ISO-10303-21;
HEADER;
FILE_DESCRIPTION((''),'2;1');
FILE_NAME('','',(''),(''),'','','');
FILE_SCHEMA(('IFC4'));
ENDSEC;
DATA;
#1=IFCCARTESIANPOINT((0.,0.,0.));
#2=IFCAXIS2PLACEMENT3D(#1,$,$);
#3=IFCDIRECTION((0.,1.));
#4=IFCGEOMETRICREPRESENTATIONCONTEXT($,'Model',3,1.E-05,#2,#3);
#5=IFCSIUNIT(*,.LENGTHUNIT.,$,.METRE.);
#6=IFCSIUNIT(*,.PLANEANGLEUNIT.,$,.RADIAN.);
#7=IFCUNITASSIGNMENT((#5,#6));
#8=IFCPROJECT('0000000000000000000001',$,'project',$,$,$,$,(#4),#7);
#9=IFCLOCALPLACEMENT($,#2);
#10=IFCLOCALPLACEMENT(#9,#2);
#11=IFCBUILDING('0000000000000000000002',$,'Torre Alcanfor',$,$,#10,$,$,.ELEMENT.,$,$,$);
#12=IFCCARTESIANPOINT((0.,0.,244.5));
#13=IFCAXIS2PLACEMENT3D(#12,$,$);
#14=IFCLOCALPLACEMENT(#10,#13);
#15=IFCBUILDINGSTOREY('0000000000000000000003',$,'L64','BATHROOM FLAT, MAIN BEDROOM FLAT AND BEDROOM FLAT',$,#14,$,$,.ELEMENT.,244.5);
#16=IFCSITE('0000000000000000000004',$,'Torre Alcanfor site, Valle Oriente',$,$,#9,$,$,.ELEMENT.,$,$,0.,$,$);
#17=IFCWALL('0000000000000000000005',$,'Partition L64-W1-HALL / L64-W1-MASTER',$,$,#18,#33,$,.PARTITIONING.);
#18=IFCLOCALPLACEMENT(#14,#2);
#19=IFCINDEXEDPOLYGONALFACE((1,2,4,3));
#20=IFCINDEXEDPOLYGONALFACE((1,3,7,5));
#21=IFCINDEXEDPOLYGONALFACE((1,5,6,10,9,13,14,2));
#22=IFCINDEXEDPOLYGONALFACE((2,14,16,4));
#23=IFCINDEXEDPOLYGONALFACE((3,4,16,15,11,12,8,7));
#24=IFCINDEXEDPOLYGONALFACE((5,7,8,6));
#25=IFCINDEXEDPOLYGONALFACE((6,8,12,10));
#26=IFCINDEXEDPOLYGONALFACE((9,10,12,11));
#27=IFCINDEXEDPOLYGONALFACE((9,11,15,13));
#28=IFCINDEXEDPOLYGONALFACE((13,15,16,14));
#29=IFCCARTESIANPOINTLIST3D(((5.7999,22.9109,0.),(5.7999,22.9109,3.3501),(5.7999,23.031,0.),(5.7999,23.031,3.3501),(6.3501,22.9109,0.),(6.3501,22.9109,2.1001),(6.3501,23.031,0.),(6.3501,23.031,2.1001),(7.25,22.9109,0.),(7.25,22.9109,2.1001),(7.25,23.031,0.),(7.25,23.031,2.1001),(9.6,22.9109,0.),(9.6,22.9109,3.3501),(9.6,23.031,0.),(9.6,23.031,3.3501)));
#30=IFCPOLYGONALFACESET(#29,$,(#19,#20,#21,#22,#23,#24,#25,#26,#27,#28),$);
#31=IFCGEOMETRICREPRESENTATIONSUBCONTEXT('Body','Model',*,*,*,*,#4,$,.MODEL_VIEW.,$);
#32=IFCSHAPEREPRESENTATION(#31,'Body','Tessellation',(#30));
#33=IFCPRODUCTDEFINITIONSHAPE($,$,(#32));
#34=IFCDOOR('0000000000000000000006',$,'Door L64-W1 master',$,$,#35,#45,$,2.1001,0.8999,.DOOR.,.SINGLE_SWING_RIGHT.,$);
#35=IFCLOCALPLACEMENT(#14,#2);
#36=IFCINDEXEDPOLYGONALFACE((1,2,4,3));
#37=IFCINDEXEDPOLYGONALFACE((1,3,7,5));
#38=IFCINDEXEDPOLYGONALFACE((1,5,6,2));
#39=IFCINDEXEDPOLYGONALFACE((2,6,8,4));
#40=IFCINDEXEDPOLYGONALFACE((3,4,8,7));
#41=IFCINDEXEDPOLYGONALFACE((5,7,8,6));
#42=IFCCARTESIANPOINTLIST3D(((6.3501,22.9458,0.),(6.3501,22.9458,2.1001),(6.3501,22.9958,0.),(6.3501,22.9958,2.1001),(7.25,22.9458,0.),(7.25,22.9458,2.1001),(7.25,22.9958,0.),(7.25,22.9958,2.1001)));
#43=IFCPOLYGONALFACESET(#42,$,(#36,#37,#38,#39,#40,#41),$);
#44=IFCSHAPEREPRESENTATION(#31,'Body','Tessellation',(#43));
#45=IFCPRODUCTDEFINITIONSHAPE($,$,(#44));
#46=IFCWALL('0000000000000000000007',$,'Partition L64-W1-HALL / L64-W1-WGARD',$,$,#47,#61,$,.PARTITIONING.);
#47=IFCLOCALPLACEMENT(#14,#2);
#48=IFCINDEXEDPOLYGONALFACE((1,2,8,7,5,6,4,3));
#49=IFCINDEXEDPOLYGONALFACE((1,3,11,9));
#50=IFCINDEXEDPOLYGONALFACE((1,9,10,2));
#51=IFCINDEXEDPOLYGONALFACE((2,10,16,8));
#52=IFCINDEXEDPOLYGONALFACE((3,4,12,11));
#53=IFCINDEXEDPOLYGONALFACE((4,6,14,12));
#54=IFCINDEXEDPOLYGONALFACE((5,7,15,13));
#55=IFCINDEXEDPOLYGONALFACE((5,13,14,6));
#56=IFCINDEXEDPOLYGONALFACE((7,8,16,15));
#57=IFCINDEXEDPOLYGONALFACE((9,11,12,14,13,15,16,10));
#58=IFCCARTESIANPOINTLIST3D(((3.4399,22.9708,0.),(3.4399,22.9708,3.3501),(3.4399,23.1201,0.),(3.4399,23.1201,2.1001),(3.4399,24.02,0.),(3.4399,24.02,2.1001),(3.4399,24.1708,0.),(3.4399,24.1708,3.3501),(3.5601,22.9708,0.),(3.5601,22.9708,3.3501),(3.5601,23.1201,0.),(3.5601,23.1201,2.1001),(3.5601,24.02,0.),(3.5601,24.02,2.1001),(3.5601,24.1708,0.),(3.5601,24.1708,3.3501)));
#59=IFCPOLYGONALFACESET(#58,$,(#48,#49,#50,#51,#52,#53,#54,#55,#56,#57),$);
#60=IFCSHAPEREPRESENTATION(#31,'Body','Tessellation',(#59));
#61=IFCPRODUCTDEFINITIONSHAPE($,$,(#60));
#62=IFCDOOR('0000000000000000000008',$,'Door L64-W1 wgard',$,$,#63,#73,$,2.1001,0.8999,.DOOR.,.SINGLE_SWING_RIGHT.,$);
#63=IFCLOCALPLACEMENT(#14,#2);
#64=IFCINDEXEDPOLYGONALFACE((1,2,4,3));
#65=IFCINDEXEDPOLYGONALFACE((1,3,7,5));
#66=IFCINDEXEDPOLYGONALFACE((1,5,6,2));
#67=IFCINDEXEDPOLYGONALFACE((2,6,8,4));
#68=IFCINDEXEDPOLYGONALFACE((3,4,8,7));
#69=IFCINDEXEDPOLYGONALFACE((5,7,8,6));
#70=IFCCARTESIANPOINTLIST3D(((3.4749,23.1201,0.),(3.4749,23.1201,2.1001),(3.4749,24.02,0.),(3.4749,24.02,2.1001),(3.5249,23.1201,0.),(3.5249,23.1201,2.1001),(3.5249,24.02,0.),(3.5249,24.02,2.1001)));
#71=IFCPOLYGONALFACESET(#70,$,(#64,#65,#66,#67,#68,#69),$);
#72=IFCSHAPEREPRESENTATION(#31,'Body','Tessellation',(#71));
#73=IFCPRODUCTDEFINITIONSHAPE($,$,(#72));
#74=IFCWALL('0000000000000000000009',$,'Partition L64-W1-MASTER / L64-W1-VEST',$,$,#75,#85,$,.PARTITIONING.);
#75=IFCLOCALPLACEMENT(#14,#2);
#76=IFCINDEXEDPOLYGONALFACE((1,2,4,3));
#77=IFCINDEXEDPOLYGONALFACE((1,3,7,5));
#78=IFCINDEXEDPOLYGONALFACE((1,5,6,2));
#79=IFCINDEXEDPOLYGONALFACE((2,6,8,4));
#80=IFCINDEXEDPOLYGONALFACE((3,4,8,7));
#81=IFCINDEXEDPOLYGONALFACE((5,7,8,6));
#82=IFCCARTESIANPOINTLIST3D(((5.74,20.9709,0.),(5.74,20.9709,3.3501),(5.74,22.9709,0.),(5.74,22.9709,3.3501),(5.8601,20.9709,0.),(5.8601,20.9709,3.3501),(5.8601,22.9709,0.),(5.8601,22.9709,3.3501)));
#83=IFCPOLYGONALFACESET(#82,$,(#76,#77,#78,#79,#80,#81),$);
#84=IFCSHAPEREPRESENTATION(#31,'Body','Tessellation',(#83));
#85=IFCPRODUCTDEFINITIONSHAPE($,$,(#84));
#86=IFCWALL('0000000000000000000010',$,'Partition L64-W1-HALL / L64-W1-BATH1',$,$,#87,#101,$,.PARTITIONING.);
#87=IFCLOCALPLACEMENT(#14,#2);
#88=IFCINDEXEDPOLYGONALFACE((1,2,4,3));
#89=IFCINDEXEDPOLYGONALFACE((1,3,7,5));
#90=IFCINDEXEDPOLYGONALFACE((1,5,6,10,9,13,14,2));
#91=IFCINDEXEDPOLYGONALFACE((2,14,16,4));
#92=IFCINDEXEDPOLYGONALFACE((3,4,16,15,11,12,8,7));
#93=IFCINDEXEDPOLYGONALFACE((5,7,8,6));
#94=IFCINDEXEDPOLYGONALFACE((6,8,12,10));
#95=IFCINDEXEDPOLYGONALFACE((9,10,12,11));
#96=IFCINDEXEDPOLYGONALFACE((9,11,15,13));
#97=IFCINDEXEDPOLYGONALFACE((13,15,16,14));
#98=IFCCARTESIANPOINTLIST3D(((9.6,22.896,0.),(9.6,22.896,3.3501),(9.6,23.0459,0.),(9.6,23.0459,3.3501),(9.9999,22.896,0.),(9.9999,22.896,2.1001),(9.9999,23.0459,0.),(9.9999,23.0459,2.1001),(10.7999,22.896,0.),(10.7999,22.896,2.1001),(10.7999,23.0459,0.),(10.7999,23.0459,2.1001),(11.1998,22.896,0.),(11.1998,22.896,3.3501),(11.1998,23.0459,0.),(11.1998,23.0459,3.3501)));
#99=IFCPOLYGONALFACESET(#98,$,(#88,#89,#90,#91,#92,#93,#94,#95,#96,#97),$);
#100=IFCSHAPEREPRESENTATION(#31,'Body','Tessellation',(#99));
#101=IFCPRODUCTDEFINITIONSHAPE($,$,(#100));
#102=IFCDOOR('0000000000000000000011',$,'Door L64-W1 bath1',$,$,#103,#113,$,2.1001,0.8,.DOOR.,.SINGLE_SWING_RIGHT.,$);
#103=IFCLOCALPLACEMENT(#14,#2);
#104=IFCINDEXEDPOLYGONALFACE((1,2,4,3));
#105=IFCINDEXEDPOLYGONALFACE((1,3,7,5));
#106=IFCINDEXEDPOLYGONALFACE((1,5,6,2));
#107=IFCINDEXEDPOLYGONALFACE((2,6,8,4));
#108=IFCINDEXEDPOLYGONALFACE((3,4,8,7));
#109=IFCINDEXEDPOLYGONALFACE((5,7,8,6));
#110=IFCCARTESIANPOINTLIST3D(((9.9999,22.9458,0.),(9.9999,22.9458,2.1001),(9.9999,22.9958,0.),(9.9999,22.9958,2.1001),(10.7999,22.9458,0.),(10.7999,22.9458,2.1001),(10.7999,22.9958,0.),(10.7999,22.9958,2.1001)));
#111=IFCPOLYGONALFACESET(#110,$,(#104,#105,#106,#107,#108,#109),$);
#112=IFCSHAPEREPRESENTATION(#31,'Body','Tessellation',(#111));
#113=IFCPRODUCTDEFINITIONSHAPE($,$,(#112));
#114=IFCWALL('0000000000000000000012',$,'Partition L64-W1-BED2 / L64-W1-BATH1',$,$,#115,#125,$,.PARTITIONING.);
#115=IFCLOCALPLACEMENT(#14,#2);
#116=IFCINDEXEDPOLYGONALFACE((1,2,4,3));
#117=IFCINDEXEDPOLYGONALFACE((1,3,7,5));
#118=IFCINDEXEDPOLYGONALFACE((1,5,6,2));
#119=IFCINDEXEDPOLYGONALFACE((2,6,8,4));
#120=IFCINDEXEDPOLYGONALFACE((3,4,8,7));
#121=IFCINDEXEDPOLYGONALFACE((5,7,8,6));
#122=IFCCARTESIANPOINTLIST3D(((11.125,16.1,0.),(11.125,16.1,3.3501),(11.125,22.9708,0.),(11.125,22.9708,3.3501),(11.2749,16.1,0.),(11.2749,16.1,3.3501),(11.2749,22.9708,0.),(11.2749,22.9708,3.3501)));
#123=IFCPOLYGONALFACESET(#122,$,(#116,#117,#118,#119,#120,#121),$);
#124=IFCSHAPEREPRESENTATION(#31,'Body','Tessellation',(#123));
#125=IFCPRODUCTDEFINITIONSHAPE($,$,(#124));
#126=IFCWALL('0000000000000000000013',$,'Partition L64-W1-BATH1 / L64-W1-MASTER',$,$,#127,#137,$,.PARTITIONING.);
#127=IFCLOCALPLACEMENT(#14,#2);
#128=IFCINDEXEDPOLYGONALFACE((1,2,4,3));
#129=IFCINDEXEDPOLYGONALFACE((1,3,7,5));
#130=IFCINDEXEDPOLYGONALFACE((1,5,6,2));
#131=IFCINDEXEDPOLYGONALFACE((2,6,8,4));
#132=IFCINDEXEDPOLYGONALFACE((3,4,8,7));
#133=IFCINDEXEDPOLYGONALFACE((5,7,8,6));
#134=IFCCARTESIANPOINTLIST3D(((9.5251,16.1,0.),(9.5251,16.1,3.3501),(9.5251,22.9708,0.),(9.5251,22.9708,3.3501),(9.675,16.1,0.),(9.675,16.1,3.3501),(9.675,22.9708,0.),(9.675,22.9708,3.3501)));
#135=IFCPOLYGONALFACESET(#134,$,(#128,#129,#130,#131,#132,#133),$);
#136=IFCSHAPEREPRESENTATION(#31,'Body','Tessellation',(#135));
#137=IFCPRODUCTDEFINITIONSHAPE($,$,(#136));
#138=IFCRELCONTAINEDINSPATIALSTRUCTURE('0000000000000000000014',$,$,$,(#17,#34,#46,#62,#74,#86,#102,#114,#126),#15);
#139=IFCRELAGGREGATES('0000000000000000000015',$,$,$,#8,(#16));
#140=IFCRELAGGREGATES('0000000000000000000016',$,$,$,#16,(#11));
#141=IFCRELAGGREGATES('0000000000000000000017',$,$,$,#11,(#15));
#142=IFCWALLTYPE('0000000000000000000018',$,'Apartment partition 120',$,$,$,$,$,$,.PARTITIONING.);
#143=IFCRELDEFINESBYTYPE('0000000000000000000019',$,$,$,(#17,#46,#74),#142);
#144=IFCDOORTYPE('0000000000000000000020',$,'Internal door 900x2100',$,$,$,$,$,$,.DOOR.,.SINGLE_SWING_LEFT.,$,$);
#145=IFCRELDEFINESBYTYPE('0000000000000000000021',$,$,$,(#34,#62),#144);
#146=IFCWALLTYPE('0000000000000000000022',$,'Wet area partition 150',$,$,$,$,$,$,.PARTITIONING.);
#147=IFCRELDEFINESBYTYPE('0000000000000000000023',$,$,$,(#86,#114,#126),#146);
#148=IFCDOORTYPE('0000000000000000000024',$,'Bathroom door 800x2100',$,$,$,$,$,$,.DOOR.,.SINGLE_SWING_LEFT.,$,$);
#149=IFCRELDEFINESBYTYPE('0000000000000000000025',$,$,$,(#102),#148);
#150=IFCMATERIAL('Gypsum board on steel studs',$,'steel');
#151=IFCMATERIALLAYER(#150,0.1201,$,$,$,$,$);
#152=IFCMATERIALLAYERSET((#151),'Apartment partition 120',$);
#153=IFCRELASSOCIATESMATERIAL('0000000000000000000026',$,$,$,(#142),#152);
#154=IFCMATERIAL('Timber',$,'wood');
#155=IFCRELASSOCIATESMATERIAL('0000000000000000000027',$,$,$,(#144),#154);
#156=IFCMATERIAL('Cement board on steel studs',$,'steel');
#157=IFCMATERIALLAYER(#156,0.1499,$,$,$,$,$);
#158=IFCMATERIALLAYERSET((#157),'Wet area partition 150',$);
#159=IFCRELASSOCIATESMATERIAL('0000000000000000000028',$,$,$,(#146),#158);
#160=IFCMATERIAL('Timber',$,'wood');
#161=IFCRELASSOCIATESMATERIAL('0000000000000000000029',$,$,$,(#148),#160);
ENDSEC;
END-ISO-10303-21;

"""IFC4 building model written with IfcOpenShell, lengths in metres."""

from ifc_helpers import new_model, si_unit, direction, frame, frame_2d, origin, place, context, subcontext, project, spatial, rectangle, extrude, material, layer, layer_set, type_object, element, fill, save


model = new_model("IFC4")

# Units and contexts
model_context = context("Model", 3, precision=1e-05, world=origin(), true_north=direction((0.0, 1.0)))
body_context = subcontext(model_context, "Body", "Model", "MODEL_VIEW")
ifc_project = project(units=[si_unit("LENGTHUNIT", "METRE"), si_unit("PLANEANGLEUNIT", "RADIAN")], contexts=[model_context])

# Site, building, storey
site_placement = place(None, origin())
site = spatial("IfcSite", under=ifc_project, at=site_placement, Name="Torre Alcanfor site, Valle Oriente", CompositionType="ELEMENT", RefElevation=0.0)
building_placement = place(site_placement, origin())
building = spatial("IfcBuilding", under=site, at=building_placement, Name="Torre Alcanfor", CompositionType="ELEMENT")
storey_placement = place(building_placement, frame((0.0, 0.0, 244.5)))
storey = spatial("IfcBuildingStorey", under=building, at=storey_placement, Name="L64", Description="BATHROOM FLAT, MAIN BEDROOM FLAT AND BEDROOM FLAT", CompositionType="ELEMENT", Elevation=244.5)

# Shared definitions
ifc_material_1 = material(Name="Gypsum board on steel studs", Category="steel")
ifc_layer_1 = layer(ifc_material_1, 0.1201)
ifc_layer_set_1 = layer_set([ifc_layer_1], Name="Apartment partition 120")
wall_type_1 = type_object("IfcWallType", Name="Apartment partition 120", PredefinedType="PARTITIONING", material=ifc_layer_set_1)
ifc_material_2 = material(Name="Timber", Category="wood")
door_type_1 = type_object("IfcDoorType", Name="Internal door 900x2100", OperationType="SINGLE_SWING_LEFT", PredefinedType="DOOR", material=ifc_material_2)

# Walls, openings, doors
wall_1_placement = place(storey_placement, frame((5.8, 22.9709, 0.0), z_axis=(0.0, 0.0, 1.0), x_axis=(1.0, 0.0, 0.0)))
wall_1 = element("IfcWall", 1, at=wall_1_placement, inside=storey, type_object=wall_type_1, Name="Partition L64-W1-HALL / L64-W1-MASTER", PredefinedType="PARTITIONING", context=body_context, shape_type="SweptSolid", body=[
    extrude(rectangle(XDim=3.8, YDim=0.1201, at=frame_2d((1.8999, 0.0))), origin(), (0.0, 0.0, 1.0), 3.3501),
])
opening_1_placement = place(wall_1_placement, frame((0.55, 0.0, 0.0)))
opening_1 = element("IfcOpeningElement", 2, at=opening_1_placement, cuts=wall_1, PredefinedType="OPENING", context=body_context, shape_type="SweptSolid", body=[
    extrude(rectangle(XDim=0.8999, YDim=2.1001, at=frame_2d((0.45, 1.05))), frame((0.0, 0.0701, 0.0), z_axis=(0.0, -1.0, 0.0), x_axis=(1.0, 0.0, 0.0)), (0.0, 0.0, 1.0), 0.1401),
])
door_1_placement = place(opening_1_placement, frame((0.8999, 0.0, 0.0), z_axis=(0.0, 0.0, 1.0), x_axis=(-1.0, 0.0, 0.0)))
door_1 = element("IfcDoor", 3, at=door_1_placement, inside=storey, type_object=door_type_1, Name="Door L64-W1 master", OperationType="SINGLE_SWING_RIGHT", OverallHeight=2.1001, OverallWidth=0.8999, PredefinedType="DOOR", context=body_context, shape_type="SweptSolid", body=[
    extrude(rectangle(XDim=0.8999, YDim=2.1001, at=frame_2d((0.45, 1.05))), frame((0.0, 0.0251, 0.0), z_axis=(0.0, -1.0, 0.0), x_axis=(1.0, 0.0, 0.0)), (0.0, 0.0, 1.0), 0.05),
])
fill(opening_1, door_1)
wall_2_placement = place(storey_placement, frame((3.5, 24.1709, 0.0), z_axis=(0.0, 0.0, 1.0), x_axis=(0.0, -1.0, 0.0)))
wall_2 = element("IfcWall", 4, at=wall_2_placement, inside=storey, type_object=wall_type_1, Name="Partition L64-W1-HALL / L64-W1-WGARD", PredefinedType="PARTITIONING", context=body_context, shape_type="SweptSolid", body=[
    extrude(rectangle(XDim=1.2, YDim=0.1201, at=frame_2d((0.6001, 0.0))), origin(), (0.0, 0.0, 1.0), 3.3501),
])
opening_2_placement = place(wall_2_placement, frame((0.1509, 0.0, 0.0)))
opening_2 = element("IfcOpeningElement", 5, at=opening_2_placement, cuts=wall_2, PredefinedType="OPENING", context=body_context, shape_type="SweptSolid", body=[
    extrude(rectangle(XDim=0.8999, YDim=2.1001, at=frame_2d((0.45, 1.05))), frame((0.0, 0.0701, 0.0), z_axis=(0.0, -1.0, 0.0), x_axis=(1.0, 0.0, 0.0)), (0.0, 0.0, 1.0), 0.1401),
])
door_2_placement = place(opening_2_placement, frame((0.8999, 0.0, 0.0), z_axis=(0.0, 0.0, 1.0), x_axis=(-1.0, 0.0, 0.0)))
door_2 = element("IfcDoor", 6, at=door_2_placement, inside=storey, type_object=door_type_1, Name="Door L64-W1 wgard", OperationType="SINGLE_SWING_RIGHT", OverallHeight=2.1001, OverallWidth=0.8999, PredefinedType="DOOR", context=body_context, shape_type="SweptSolid", body=[
    extrude(rectangle(XDim=0.8999, YDim=2.1001, at=frame_2d((0.45, 1.05))), frame((0.0, 0.0251, 0.0), z_axis=(0.0, -1.0, 0.0), x_axis=(1.0, 0.0, 0.0)), (0.0, 0.0, 1.0), 0.05),
])
fill(opening_2, door_2)

# Wall
wall_3_placement = place(storey_placement, frame((5.8, 20.9709, 0.0), z_axis=(0.0, 0.0, 1.0), x_axis=(0.0, 1.0, 0.0)))
element("IfcWall", 7, at=wall_3_placement, inside=storey, type_object=wall_type_1, Name="Partition L64-W1-MASTER / L64-W1-VEST", PredefinedType="PARTITIONING", context=body_context, shape_type="SweptSolid", body=[
    extrude(rectangle(XDim=2.0, YDim=0.1201, at=frame_2d((1.0, 0.0))), origin(), (0.0, 0.0, 1.0), 3.3501),
])

# Wall, opening, door
ifc_material_3 = material(Name="Cement board on steel studs", Category="steel")
ifc_layer_2 = layer(ifc_material_3, 0.1499)
ifc_layer_set_2 = layer_set([ifc_layer_2], Name="Wet area partition 150")
wall_type_2 = type_object("IfcWallType", Name="Wet area partition 150", PredefinedType="PARTITIONING", material=ifc_layer_set_2)
wall_4_placement = place(storey_placement, frame((9.6001, 22.9709, 0.0), z_axis=(0.0, 0.0, 1.0), x_axis=(1.0, 0.0, 0.0)))
wall_4 = element("IfcWall", 8, at=wall_4_placement, inside=storey, type_object=wall_type_2, Name="Partition L64-W1-HALL / L64-W1-BATH1", PredefinedType="PARTITIONING", context=body_context, shape_type="SweptSolid", body=[
    extrude(rectangle(XDim=1.5999, YDim=0.1499, at=frame_2d((0.7998, 0.0))), origin(), (0.0, 0.0, 1.0), 3.3501),
])
opening_3_placement = place(wall_4_placement, frame((0.3999, 0.0, 0.0)))
opening_3 = element("IfcOpeningElement", 9, at=opening_3_placement, cuts=wall_4, PredefinedType="OPENING", context=body_context, shape_type="SweptSolid", body=[
    extrude(rectangle(XDim=0.8, YDim=2.1001, at=frame_2d((0.3999, 1.05))), frame((0.0, 0.085, 0.0), z_axis=(0.0, -1.0, 0.0), x_axis=(1.0, 0.0, 0.0)), (0.0, 0.0, 1.0), 0.1699),
])
ifc_material_4 = material(Name="Timber", Category="wood")
door_type_2 = type_object("IfcDoorType", Name="Bathroom door 800x2100", OperationType="SINGLE_SWING_LEFT", PredefinedType="DOOR", material=ifc_material_4)
door_3_placement = place(opening_3_placement, frame((0.8, 0.0, 0.0), z_axis=(0.0, 0.0, 1.0), x_axis=(-1.0, 0.0, 0.0)))
door_3 = element("IfcDoor", 10, at=door_3_placement, inside=storey, type_object=door_type_2, Name="Door L64-W1 bath1", OperationType="SINGLE_SWING_RIGHT", OverallHeight=2.1001, OverallWidth=0.8, PredefinedType="DOOR", context=body_context, shape_type="SweptSolid", body=[
    extrude(rectangle(XDim=0.8, YDim=2.1001, at=frame_2d((0.4001, 1.05))), frame((0.0, 0.0251, 0.0), z_axis=(0.0, -1.0, 0.0), x_axis=(1.0, 0.0, 0.0)), (0.0, 0.0, 1.0), 0.05),
])
fill(opening_3, door_3)

# Walls
for number, where, z_axis, x_axis, name in (
    (11, (11.2, 22.9709, 0.0), (0.0, 0.0, 1.0), (0.0, -1.0, 0.0), "Partition L64-W1-BED2 / L64-W1-BATH1"),
    (12, (9.6001, 22.9709, 0.0), (0.0, 0.0, 1.0), (0.0, -1.0, 0.0), "Partition L64-W1-BATH1 / L64-W1-MASTER"),
):
    element("IfcWall", number, at=place(storey_placement, frame(where, z_axis=z_axis, x_axis=x_axis)), inside=storey, type_object=wall_type_2, Name=name, PredefinedType="PARTITIONING", context=body_context, shape_type="SweptSolid", body=[
        extrude(rectangle(XDim=6.8708, YDim=0.1499, at=frame_2d((3.4355, 0.0))), origin(), (0.0, 0.0, 1.0), 3.3501),
    ])

save(model, "model.ifc")
